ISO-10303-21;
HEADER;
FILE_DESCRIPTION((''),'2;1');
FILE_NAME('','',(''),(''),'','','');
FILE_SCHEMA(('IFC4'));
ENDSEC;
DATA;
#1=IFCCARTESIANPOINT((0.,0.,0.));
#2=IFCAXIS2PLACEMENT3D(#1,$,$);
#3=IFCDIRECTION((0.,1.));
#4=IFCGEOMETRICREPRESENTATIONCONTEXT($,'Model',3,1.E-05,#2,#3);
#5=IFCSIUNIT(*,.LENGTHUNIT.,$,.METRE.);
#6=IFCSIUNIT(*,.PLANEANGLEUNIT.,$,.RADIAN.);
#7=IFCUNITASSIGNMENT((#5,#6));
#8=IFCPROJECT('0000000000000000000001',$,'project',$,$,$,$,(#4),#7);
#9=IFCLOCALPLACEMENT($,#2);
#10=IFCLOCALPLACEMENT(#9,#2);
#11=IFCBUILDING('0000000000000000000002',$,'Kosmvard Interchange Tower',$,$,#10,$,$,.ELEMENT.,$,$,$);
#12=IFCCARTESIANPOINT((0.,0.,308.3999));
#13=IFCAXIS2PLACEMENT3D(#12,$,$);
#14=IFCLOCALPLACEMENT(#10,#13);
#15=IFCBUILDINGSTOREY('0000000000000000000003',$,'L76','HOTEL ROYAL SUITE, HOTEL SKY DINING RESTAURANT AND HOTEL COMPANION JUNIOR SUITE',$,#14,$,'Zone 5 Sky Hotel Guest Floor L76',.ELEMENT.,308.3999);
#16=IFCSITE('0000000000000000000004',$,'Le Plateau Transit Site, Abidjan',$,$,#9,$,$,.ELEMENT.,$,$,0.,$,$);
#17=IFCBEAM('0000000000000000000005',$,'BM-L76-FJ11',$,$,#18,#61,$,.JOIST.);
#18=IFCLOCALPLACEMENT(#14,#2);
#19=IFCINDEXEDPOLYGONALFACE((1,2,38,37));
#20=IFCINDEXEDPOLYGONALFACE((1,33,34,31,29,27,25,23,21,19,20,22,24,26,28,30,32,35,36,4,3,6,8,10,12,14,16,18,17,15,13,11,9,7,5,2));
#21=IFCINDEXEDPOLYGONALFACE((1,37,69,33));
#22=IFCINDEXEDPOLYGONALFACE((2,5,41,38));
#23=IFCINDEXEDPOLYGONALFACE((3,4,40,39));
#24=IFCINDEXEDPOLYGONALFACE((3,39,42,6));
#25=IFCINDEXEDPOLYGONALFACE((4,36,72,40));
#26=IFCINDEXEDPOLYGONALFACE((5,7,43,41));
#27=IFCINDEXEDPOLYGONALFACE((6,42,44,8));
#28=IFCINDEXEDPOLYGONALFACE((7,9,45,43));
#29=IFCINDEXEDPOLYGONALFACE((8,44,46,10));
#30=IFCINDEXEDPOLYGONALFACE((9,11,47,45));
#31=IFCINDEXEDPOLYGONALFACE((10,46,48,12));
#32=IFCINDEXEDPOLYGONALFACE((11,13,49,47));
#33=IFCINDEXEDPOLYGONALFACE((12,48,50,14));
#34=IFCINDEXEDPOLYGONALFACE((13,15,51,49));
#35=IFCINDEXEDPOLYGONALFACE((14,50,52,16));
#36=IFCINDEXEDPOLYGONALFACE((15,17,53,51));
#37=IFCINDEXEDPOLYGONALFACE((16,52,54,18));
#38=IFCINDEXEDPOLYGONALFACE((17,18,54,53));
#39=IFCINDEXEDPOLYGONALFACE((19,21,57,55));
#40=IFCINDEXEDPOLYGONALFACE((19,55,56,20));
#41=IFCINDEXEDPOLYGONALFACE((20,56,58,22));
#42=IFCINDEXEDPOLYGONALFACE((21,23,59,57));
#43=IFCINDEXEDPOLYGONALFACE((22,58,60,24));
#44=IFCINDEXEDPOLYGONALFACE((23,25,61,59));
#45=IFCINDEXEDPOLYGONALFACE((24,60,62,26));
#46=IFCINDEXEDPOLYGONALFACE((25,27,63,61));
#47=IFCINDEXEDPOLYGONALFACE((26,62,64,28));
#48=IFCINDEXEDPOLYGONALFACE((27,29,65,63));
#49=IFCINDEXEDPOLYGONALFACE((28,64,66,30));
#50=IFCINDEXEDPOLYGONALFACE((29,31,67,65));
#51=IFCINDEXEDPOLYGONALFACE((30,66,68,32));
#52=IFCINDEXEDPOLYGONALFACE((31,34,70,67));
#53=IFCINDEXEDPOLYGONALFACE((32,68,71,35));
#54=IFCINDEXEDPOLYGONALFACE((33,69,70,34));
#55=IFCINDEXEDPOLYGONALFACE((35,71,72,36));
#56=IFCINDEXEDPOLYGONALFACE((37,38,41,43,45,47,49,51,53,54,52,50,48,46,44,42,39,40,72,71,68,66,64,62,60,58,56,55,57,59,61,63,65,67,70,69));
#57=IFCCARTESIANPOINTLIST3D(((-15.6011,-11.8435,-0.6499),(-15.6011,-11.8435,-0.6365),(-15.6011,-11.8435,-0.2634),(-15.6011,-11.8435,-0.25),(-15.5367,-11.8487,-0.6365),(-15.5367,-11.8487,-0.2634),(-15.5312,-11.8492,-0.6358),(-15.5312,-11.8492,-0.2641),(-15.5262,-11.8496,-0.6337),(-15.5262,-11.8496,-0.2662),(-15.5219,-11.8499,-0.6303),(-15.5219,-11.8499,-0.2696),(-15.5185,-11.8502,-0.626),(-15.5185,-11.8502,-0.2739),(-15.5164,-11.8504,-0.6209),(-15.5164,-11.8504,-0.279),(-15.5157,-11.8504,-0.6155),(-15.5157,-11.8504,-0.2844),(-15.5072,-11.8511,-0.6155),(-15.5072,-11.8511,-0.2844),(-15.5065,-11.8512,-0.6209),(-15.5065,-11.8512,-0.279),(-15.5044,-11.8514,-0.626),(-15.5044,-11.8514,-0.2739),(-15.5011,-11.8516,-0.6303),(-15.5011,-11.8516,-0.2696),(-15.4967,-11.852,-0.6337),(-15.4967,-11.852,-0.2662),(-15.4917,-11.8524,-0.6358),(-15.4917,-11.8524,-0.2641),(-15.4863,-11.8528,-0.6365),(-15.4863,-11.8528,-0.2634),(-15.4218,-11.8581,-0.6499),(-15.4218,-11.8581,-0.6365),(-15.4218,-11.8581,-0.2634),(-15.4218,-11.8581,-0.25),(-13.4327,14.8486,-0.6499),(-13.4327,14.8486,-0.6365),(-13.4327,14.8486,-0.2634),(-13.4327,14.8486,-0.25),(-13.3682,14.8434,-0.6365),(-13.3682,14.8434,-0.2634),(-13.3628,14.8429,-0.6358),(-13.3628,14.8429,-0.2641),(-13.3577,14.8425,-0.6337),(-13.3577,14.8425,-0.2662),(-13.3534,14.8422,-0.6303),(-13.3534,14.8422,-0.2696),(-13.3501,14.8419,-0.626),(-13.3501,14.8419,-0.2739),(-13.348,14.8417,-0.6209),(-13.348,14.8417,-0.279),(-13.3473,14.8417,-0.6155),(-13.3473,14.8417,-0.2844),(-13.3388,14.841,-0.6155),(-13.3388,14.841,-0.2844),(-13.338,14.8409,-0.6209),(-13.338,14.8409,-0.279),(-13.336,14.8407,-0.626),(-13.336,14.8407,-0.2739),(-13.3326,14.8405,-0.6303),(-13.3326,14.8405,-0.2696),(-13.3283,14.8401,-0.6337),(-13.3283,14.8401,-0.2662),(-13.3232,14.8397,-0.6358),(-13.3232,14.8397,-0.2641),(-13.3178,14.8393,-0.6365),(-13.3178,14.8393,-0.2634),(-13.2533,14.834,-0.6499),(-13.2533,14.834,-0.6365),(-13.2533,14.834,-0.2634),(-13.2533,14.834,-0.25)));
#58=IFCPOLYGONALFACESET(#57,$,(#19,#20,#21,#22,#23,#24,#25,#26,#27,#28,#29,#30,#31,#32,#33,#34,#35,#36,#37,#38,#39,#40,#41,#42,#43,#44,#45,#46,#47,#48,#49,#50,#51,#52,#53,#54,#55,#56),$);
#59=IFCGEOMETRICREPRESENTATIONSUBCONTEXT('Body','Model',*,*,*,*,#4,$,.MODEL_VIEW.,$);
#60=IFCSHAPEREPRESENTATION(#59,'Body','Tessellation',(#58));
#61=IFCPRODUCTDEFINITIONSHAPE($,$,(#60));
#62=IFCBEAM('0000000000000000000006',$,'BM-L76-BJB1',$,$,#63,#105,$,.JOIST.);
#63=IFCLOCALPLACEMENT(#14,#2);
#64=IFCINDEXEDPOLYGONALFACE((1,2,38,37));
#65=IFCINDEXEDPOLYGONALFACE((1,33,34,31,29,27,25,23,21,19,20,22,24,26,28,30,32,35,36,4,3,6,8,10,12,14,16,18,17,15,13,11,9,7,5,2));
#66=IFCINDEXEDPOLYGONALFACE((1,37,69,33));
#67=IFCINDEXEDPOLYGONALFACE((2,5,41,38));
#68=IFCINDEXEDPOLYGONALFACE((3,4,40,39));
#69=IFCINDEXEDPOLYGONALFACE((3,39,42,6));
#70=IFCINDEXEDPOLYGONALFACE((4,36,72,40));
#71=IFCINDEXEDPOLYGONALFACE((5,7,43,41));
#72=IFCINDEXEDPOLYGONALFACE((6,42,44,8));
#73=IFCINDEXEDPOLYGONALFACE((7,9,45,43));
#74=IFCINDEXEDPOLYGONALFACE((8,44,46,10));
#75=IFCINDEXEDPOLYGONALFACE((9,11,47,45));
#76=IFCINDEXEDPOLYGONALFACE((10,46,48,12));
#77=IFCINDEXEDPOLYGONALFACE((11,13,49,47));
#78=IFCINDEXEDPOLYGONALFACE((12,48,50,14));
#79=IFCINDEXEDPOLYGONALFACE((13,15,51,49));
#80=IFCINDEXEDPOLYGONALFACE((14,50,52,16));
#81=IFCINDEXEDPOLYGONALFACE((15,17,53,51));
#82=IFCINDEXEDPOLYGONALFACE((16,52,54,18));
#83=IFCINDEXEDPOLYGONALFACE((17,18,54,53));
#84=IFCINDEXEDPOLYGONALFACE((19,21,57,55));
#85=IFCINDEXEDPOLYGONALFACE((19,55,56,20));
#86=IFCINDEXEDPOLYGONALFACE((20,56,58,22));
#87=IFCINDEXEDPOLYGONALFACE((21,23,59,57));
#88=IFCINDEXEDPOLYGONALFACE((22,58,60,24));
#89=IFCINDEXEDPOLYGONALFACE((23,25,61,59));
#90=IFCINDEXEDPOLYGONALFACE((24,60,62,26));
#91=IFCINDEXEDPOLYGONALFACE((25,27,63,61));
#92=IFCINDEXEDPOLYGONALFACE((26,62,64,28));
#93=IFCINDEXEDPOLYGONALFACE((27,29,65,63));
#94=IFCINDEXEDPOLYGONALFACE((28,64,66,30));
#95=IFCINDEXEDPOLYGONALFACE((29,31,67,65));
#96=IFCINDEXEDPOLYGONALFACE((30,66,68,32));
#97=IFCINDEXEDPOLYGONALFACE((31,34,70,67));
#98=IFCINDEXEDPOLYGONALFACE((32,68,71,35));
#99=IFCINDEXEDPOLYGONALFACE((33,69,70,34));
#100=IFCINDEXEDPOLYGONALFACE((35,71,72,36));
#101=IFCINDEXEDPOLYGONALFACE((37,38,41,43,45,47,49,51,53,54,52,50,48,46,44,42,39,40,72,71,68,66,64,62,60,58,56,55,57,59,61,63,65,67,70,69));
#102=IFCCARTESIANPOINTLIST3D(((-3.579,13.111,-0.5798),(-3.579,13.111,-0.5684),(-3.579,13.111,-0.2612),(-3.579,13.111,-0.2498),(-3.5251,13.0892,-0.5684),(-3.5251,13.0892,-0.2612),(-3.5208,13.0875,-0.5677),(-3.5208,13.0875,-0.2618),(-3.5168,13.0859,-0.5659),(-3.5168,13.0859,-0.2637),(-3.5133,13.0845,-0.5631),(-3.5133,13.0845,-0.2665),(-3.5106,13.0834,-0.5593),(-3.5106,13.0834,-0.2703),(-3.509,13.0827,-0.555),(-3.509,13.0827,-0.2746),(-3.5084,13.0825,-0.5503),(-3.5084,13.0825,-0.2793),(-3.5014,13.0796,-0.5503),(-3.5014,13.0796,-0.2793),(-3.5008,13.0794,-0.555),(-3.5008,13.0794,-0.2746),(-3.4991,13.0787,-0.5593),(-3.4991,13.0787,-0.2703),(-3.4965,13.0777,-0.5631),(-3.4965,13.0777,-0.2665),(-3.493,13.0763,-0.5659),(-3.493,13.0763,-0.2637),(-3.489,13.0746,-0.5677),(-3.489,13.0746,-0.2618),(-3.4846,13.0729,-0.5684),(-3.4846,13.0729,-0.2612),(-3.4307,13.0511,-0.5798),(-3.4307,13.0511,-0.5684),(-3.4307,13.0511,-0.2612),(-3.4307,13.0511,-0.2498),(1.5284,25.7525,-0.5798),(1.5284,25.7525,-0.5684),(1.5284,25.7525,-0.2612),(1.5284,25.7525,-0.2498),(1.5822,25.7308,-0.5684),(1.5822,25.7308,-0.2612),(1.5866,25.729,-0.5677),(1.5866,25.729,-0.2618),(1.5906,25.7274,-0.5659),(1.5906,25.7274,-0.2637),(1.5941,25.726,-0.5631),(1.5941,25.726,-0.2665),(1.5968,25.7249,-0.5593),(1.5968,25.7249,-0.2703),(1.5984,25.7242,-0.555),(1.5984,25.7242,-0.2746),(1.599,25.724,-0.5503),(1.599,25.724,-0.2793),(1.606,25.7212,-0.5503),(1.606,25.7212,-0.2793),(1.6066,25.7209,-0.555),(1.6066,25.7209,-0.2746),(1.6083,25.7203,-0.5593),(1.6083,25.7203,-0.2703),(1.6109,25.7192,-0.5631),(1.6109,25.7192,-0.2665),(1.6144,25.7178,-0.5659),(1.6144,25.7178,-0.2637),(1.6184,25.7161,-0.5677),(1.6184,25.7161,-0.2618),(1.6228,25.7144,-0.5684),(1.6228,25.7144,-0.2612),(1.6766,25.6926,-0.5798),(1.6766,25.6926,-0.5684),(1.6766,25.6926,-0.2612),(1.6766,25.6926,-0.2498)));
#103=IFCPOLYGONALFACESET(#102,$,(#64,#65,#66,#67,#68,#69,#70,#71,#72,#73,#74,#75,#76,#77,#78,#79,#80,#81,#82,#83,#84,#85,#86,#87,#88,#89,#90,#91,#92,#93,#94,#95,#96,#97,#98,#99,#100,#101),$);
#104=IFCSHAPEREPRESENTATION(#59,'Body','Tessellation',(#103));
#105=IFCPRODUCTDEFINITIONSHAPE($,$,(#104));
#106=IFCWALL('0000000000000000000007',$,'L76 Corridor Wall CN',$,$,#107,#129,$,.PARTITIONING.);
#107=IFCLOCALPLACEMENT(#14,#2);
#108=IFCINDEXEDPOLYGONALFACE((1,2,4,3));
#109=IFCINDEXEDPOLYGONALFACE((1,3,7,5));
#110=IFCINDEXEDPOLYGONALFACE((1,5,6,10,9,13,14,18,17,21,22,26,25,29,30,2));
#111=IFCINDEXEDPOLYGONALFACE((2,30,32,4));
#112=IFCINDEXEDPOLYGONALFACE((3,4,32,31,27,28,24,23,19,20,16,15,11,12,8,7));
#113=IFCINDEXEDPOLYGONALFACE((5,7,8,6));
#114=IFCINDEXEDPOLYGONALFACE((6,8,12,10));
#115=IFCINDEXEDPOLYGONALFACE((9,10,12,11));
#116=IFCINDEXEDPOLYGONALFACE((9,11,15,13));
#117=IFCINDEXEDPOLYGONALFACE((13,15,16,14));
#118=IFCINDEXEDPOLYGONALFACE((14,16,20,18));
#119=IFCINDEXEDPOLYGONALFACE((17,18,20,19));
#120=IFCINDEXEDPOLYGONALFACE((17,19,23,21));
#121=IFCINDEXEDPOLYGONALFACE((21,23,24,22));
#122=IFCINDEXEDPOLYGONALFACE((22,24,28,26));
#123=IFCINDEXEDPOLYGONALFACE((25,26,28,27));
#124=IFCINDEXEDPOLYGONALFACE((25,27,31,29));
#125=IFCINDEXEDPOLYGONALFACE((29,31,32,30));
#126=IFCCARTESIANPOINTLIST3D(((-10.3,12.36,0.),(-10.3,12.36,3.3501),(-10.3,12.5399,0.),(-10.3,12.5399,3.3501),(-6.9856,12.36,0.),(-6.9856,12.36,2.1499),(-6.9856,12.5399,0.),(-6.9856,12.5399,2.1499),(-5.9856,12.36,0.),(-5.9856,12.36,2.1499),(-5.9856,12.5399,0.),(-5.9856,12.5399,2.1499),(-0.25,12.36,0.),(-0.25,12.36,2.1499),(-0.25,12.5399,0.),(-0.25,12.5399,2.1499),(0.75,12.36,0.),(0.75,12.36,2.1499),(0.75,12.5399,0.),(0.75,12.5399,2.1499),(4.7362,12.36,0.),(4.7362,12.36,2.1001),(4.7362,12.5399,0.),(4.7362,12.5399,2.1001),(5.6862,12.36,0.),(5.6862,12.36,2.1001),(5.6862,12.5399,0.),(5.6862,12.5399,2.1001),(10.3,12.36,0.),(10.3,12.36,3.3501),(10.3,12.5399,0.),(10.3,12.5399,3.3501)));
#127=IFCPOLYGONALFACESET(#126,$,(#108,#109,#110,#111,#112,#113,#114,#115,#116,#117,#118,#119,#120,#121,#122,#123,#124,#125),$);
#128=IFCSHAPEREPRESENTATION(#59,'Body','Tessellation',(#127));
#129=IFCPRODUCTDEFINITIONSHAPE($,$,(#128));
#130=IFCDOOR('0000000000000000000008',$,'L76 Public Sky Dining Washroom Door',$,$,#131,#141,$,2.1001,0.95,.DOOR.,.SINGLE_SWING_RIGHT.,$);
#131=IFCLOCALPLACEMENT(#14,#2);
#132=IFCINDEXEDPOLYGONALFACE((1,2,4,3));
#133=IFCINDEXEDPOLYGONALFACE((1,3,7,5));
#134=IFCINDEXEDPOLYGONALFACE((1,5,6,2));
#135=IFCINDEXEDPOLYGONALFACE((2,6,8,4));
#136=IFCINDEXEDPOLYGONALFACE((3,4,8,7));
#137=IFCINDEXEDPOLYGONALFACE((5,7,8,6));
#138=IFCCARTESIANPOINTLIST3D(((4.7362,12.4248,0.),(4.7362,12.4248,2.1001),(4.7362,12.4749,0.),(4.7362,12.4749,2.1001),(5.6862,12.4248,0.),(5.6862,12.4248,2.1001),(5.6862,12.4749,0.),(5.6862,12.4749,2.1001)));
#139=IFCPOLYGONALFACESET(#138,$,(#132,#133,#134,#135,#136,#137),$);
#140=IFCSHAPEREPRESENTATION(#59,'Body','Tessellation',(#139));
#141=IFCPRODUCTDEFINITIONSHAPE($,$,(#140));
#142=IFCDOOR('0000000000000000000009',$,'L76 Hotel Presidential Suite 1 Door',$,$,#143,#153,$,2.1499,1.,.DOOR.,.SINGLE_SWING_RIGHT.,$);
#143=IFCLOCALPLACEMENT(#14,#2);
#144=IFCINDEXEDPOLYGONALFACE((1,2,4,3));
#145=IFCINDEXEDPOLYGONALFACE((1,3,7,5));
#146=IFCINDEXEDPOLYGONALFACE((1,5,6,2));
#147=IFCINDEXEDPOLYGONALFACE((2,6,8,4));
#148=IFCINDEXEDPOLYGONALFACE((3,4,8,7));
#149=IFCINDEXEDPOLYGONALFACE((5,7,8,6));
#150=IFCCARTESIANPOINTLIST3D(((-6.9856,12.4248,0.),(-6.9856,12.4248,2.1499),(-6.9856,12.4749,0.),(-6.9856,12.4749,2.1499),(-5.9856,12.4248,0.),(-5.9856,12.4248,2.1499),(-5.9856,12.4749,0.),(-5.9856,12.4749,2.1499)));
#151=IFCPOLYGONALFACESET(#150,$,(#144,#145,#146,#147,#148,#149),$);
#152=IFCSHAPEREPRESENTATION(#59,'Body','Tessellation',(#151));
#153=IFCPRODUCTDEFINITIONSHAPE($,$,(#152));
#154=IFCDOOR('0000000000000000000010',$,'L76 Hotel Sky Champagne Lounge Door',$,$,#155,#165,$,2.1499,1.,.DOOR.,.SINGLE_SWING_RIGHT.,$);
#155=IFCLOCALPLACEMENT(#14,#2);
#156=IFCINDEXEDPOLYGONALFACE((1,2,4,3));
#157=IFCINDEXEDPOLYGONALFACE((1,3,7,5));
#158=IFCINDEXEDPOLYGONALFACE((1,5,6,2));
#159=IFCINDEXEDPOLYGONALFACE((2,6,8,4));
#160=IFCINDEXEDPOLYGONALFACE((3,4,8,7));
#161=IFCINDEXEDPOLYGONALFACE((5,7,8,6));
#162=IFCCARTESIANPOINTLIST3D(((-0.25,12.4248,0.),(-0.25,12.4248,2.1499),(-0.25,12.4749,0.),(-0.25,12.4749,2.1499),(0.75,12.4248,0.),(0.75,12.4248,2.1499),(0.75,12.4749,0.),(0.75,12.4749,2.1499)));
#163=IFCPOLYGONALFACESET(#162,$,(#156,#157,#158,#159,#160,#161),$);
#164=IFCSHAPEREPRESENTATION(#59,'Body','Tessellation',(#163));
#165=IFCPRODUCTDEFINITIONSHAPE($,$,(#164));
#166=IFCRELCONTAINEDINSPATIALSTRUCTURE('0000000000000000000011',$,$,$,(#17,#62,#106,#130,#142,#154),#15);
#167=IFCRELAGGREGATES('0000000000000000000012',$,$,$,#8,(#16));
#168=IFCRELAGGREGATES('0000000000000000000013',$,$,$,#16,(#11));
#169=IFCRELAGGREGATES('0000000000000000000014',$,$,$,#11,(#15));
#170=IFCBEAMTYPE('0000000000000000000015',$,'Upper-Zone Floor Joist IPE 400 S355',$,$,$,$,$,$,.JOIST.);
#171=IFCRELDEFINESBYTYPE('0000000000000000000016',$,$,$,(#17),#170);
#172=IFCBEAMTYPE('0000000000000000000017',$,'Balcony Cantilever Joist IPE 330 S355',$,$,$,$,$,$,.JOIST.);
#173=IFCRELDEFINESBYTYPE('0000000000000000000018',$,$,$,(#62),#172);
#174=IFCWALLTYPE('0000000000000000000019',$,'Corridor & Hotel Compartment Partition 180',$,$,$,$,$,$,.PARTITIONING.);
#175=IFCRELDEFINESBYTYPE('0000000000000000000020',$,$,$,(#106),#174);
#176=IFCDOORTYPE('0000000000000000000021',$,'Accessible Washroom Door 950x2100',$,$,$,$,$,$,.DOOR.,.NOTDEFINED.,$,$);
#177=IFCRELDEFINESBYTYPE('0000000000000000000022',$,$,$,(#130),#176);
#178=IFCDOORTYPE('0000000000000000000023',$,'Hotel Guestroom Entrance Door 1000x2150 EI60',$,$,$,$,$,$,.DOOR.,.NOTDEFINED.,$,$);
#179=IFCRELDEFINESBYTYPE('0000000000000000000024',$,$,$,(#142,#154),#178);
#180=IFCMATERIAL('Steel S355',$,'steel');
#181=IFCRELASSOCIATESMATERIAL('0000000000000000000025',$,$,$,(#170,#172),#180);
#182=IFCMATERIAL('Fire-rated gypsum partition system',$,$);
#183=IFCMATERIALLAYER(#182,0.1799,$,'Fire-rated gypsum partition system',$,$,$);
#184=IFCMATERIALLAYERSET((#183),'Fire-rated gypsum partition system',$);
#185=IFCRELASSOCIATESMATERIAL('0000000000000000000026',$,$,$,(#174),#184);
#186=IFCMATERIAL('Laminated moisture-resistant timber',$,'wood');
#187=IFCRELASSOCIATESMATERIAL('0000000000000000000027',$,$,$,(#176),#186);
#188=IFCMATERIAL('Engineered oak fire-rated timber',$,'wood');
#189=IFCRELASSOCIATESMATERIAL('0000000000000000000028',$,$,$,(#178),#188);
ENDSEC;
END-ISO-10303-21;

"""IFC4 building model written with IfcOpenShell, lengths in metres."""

from ifc_helpers import new_model, si_unit, direction, frame, frame_2d, origin, origin_2d, place, context, subcontext, project, spatial, rectangle, i_section, extrude, source, transform, mapped, material, layer, layer_set, material_profile, profile_set, type_object, element, fill, save


model = new_model("IFC4")

# Units and contexts
model_context = context("Model", 3, precision=1e-05, world=origin(), true_north=direction((0.0, 1.0)))
body_context = subcontext(model_context, "Body", "Model", "MODEL_VIEW")
ifc_project = project(units=[si_unit("LENGTHUNIT", "METRE"), si_unit("PLANEANGLEUNIT", "RADIAN")], contexts=[model_context])

# Site, building, storey
site_placement = place(None, origin())
site = spatial("IfcSite", under=ifc_project, at=site_placement, Name="Le Plateau Transit Site, Abidjan", CompositionType="ELEMENT", RefElevation=0.0)
building_placement = place(site_placement, origin())
building = spatial("IfcBuilding", under=site, at=building_placement, Name="Kosmvard Interchange Tower", CompositionType="ELEMENT")
storey_placement = place(building_placement, frame((0.0, 0.0, 308.3999)))
storey = spatial("IfcBuildingStorey", under=building, at=storey_placement, Name="L76", Description="HOTEL ROYAL SUITE, HOTEL SKY DINING RESTAURANT AND HOTEL COMPANION JUNIOR SUITE", LongName="Zone 5 Sky Hotel Guest Floor L76", CompositionType="ELEMENT", Elevation=308.3999)

# Beams
ifc_material_1 = material(Name="Steel S355", Category="steel")
ifc_material_profile_1 = material_profile(ifc_material_1, i_section(OverallWidth=0.1799, OverallDepth=0.3999, WebThickness=0.0085, FlangeThickness=0.0134, FilletRadius=0.021, at=origin_2d()), Name="IPE 400")
ifc_profile_set_1 = profile_set([ifc_material_profile_1], Name="Steel S355")
beam_type_1 = type_object("IfcBeamType", Name="Upper-Zone Floor Joist IPE 400 S355", PredefinedType="JOIST", material=ifc_profile_set_1)
shared_shape_1 = source(origin(), body_context, "Body", "SweptSolid", [
    extrude(i_section(OverallWidth=0.1799, OverallDepth=0.3999, WebThickness=0.0085, FlangeThickness=0.0134, FilletRadius=0.021, at=origin_2d()), origin(), (0.0, 0.0, 1.0), 26.78),
])
beam_1_placement = place(storey_placement, frame((-13.343, 14.8413, -0.45), z_axis=(-0.080973, -0.996716, 0.0), x_axis=(0.996716, -0.080973, 0.0)))
element("IfcBeam", 1, at=beam_1_placement, inside=storey, type_object=beam_type_1, Name="BM-L76-FJ11", PredefinedType="JOIST", context=body_context, shape_type="MappedRepresentation", body=[
    mapped(shared_shape_1, transform((0.0, 0.0, 0.0), scale=1.0)),
])
ifc_material_profile_2 = material_profile(ifc_material_1, i_section(OverallWidth=0.1599, OverallDepth=0.3301, WebThickness=0.0076, FlangeThickness=0.0115, FilletRadius=0.0181, at=origin_2d()), Name="IPE 330")
ifc_profile_set_2 = profile_set([ifc_material_profile_2], Name="Steel S355")
beam_type_2 = type_object("IfcBeamType", Name="Balcony Cantilever Joist IPE 330 S355", PredefinedType="JOIST", material=ifc_profile_set_2)
shared_shape_2 = source(origin(), body_context, "Body", "SweptSolid", [
    extrude(i_section(OverallWidth=0.1599, OverallDepth=0.3301, WebThickness=0.0076, FlangeThickness=0.0115, FilletRadius=0.0181, at=origin_2d()), origin(), (0.0, 0.0, 1.0), 13.6343),
])
beam_2_placement = place(storey_placement, frame((-3.5049, 13.0811, -0.4148), z_axis=(0.374599, 0.927187, 0.0), x_axis=(-0.927187, 0.374599, 0.0)))
element("IfcBeam", 2, at=beam_2_placement, inside=storey, type_object=beam_type_2, Name="BM-L76-BJB1", PredefinedType="JOIST", context=body_context, shape_type="MappedRepresentation", body=[
    mapped(shared_shape_2, transform((0.0, 0.0, 0.0), scale=1.0)),
])

# Wall, openings, doors
ifc_material_2 = material(Name="Fire-rated gypsum partition system")
ifc_layer_1 = layer(ifc_material_2, 0.1799, Name="Fire-rated gypsum partition system")
ifc_layer_set_1 = layer_set([ifc_layer_1], Name="Fire-rated gypsum partition system")
wall_type_1 = type_object("IfcWallType", Name="Corridor & Hotel Compartment Partition 180", PredefinedType="PARTITIONING", material=ifc_layer_set_1)
wall_1_placement = place(storey_placement, frame((-10.3, 12.45, 0.0), z_axis=(0.0, 0.0, 1.0), x_axis=(1.0, 0.0, 0.0)))
wall_1 = element("IfcWall", 3, at=wall_1_placement, inside=storey, type_object=wall_type_1, Name="L76 Corridor Wall CN", PredefinedType="PARTITIONING", context=body_context, shape_type="SweptSolid", body=[
    extrude(rectangle(XDim=20.6001, YDim=0.1799, at=frame_2d((10.3, 0.0))), origin(), (0.0, 0.0, 1.0), 3.3501),
])
opening_1_placement = place(wall_1_placement, frame((15.0361, 0.0, 0.0)))
opening_1 = element("IfcOpeningElement", 4, at=opening_1_placement, cuts=wall_1, PredefinedType="OPENING", context=body_context, shape_type="SweptSolid", body=[
    extrude(rectangle(XDim=0.95, YDim=2.1001, at=frame_2d((0.4751, 1.05))), frame((0.0, 0.1001, 0.0), z_axis=(0.0, -1.0, 0.0), x_axis=(1.0, 0.0, 0.0)), (0.0, 0.0, 1.0), 0.2),
])
opening_2_placement = place(wall_1_placement, frame((3.3145, 0.0, 0.0)))
opening_2 = element("IfcOpeningElement", 5, at=opening_2_placement, cuts=wall_1, PredefinedType="OPENING", context=body_context, shape_type="SweptSolid", body=[
    extrude(rectangle(XDim=1.0, YDim=2.1499, at=frame_2d((0.5, 1.075))), frame((0.0, 0.1001, 0.0), z_axis=(0.0, -1.0, 0.0), x_axis=(1.0, 0.0, 0.0)), (0.0, 0.0, 1.0), 0.2),
])
opening_3_placement = place(wall_1_placement, frame((10.05, 0.0, 0.0)))
opening_3 = element("IfcOpeningElement", 6, at=opening_3_placement, cuts=wall_1, PredefinedType="OPENING", context=body_context, shape_type="SweptSolid", body=[
    extrude(rectangle(XDim=1.0, YDim=2.1499, at=frame_2d((0.5, 1.075))), frame((0.0, 0.1001, 0.0), z_axis=(0.0, -1.0, 0.0), x_axis=(1.0, 0.0, 0.0)), (0.0, 0.0, 1.0), 0.2),
])
ifc_material_3 = material(Name="Laminated moisture-resistant timber", Category="wood")
door_type_1 = type_object("IfcDoorType", Name="Accessible Washroom Door 950x2100", OperationType="NOTDEFINED", PredefinedType="DOOR", material=ifc_material_3)
shared_shape_3 = source(origin(), body_context, "Body", "SweptSolid", [
    extrude(rectangle(XDim=0.95, YDim=2.1001, at=frame_2d((0.4751, 1.05))), frame((0.0, 0.0249, 0.0), z_axis=(0.0, -1.0, 0.0), x_axis=(1.0, 0.0, 0.0)), (0.0, 0.0, 1.0), 0.05),
])
door_1_placement = place(opening_1_placement, origin())
door_1 = element("IfcDoor", 7, at=door_1_placement, inside=storey, type_object=door_type_1, Name="L76 Public Sky Dining Washroom Door", OperationType="SINGLE_SWING_RIGHT", OverallHeight=2.1001, OverallWidth=0.95, PredefinedType="DOOR", context=body_context, shape_type="MappedRepresentation", body=[
    mapped(shared_shape_3, transform((0.0, 0.0, 0.0), scale=1.0)),
])
fill(opening_1, door_1)
ifc_material_4 = material(Name="Engineered oak fire-rated timber", Category="wood")
door_type_2 = type_object("IfcDoorType", Name="Hotel Guestroom Entrance Door 1000x2150 EI60", OperationType="NOTDEFINED", PredefinedType="DOOR", material=ifc_material_4)
shared_shape_4 = source(origin(), body_context, "Body", "SweptSolid", [
    extrude(rectangle(XDim=1.0, YDim=2.1499, at=frame_2d((0.5, 1.075))), frame((0.0, 0.0249, 0.0), z_axis=(0.0, -1.0, 0.0), x_axis=(1.0, 0.0, 0.0)), (0.0, 0.0, 1.0), 0.05),
])
door_2_placement = place(opening_2_placement, origin())
door_2 = element("IfcDoor", 8, at=door_2_placement, inside=storey, type_object=door_type_2, Name="L76 Hotel Presidential Suite 1 Door", OperationType="SINGLE_SWING_RIGHT", OverallHeight=2.1499, OverallWidth=1.0, PredefinedType="DOOR", context=body_context, shape_type="MappedRepresentation", body=[
    mapped(shared_shape_4, transform((0.0, 0.0, 0.0), scale=1.0)),
])
fill(opening_2, door_2)
door_3_placement = place(opening_3_placement, origin())
door_3 = element("IfcDoor", 9, at=door_3_placement, inside=storey, type_object=door_type_2, Name="L76 Hotel Sky Champagne Lounge Door", OperationType="SINGLE_SWING_RIGHT", OverallHeight=2.1499, OverallWidth=1.0, PredefinedType="DOOR", context=body_context, shape_type="MappedRepresentation", body=[
    mapped(shared_shape_4, transform((0.0, 0.0, 0.0), scale=1.0)),
])
fill(opening_3, door_3)

save(model, "model.ifc")
